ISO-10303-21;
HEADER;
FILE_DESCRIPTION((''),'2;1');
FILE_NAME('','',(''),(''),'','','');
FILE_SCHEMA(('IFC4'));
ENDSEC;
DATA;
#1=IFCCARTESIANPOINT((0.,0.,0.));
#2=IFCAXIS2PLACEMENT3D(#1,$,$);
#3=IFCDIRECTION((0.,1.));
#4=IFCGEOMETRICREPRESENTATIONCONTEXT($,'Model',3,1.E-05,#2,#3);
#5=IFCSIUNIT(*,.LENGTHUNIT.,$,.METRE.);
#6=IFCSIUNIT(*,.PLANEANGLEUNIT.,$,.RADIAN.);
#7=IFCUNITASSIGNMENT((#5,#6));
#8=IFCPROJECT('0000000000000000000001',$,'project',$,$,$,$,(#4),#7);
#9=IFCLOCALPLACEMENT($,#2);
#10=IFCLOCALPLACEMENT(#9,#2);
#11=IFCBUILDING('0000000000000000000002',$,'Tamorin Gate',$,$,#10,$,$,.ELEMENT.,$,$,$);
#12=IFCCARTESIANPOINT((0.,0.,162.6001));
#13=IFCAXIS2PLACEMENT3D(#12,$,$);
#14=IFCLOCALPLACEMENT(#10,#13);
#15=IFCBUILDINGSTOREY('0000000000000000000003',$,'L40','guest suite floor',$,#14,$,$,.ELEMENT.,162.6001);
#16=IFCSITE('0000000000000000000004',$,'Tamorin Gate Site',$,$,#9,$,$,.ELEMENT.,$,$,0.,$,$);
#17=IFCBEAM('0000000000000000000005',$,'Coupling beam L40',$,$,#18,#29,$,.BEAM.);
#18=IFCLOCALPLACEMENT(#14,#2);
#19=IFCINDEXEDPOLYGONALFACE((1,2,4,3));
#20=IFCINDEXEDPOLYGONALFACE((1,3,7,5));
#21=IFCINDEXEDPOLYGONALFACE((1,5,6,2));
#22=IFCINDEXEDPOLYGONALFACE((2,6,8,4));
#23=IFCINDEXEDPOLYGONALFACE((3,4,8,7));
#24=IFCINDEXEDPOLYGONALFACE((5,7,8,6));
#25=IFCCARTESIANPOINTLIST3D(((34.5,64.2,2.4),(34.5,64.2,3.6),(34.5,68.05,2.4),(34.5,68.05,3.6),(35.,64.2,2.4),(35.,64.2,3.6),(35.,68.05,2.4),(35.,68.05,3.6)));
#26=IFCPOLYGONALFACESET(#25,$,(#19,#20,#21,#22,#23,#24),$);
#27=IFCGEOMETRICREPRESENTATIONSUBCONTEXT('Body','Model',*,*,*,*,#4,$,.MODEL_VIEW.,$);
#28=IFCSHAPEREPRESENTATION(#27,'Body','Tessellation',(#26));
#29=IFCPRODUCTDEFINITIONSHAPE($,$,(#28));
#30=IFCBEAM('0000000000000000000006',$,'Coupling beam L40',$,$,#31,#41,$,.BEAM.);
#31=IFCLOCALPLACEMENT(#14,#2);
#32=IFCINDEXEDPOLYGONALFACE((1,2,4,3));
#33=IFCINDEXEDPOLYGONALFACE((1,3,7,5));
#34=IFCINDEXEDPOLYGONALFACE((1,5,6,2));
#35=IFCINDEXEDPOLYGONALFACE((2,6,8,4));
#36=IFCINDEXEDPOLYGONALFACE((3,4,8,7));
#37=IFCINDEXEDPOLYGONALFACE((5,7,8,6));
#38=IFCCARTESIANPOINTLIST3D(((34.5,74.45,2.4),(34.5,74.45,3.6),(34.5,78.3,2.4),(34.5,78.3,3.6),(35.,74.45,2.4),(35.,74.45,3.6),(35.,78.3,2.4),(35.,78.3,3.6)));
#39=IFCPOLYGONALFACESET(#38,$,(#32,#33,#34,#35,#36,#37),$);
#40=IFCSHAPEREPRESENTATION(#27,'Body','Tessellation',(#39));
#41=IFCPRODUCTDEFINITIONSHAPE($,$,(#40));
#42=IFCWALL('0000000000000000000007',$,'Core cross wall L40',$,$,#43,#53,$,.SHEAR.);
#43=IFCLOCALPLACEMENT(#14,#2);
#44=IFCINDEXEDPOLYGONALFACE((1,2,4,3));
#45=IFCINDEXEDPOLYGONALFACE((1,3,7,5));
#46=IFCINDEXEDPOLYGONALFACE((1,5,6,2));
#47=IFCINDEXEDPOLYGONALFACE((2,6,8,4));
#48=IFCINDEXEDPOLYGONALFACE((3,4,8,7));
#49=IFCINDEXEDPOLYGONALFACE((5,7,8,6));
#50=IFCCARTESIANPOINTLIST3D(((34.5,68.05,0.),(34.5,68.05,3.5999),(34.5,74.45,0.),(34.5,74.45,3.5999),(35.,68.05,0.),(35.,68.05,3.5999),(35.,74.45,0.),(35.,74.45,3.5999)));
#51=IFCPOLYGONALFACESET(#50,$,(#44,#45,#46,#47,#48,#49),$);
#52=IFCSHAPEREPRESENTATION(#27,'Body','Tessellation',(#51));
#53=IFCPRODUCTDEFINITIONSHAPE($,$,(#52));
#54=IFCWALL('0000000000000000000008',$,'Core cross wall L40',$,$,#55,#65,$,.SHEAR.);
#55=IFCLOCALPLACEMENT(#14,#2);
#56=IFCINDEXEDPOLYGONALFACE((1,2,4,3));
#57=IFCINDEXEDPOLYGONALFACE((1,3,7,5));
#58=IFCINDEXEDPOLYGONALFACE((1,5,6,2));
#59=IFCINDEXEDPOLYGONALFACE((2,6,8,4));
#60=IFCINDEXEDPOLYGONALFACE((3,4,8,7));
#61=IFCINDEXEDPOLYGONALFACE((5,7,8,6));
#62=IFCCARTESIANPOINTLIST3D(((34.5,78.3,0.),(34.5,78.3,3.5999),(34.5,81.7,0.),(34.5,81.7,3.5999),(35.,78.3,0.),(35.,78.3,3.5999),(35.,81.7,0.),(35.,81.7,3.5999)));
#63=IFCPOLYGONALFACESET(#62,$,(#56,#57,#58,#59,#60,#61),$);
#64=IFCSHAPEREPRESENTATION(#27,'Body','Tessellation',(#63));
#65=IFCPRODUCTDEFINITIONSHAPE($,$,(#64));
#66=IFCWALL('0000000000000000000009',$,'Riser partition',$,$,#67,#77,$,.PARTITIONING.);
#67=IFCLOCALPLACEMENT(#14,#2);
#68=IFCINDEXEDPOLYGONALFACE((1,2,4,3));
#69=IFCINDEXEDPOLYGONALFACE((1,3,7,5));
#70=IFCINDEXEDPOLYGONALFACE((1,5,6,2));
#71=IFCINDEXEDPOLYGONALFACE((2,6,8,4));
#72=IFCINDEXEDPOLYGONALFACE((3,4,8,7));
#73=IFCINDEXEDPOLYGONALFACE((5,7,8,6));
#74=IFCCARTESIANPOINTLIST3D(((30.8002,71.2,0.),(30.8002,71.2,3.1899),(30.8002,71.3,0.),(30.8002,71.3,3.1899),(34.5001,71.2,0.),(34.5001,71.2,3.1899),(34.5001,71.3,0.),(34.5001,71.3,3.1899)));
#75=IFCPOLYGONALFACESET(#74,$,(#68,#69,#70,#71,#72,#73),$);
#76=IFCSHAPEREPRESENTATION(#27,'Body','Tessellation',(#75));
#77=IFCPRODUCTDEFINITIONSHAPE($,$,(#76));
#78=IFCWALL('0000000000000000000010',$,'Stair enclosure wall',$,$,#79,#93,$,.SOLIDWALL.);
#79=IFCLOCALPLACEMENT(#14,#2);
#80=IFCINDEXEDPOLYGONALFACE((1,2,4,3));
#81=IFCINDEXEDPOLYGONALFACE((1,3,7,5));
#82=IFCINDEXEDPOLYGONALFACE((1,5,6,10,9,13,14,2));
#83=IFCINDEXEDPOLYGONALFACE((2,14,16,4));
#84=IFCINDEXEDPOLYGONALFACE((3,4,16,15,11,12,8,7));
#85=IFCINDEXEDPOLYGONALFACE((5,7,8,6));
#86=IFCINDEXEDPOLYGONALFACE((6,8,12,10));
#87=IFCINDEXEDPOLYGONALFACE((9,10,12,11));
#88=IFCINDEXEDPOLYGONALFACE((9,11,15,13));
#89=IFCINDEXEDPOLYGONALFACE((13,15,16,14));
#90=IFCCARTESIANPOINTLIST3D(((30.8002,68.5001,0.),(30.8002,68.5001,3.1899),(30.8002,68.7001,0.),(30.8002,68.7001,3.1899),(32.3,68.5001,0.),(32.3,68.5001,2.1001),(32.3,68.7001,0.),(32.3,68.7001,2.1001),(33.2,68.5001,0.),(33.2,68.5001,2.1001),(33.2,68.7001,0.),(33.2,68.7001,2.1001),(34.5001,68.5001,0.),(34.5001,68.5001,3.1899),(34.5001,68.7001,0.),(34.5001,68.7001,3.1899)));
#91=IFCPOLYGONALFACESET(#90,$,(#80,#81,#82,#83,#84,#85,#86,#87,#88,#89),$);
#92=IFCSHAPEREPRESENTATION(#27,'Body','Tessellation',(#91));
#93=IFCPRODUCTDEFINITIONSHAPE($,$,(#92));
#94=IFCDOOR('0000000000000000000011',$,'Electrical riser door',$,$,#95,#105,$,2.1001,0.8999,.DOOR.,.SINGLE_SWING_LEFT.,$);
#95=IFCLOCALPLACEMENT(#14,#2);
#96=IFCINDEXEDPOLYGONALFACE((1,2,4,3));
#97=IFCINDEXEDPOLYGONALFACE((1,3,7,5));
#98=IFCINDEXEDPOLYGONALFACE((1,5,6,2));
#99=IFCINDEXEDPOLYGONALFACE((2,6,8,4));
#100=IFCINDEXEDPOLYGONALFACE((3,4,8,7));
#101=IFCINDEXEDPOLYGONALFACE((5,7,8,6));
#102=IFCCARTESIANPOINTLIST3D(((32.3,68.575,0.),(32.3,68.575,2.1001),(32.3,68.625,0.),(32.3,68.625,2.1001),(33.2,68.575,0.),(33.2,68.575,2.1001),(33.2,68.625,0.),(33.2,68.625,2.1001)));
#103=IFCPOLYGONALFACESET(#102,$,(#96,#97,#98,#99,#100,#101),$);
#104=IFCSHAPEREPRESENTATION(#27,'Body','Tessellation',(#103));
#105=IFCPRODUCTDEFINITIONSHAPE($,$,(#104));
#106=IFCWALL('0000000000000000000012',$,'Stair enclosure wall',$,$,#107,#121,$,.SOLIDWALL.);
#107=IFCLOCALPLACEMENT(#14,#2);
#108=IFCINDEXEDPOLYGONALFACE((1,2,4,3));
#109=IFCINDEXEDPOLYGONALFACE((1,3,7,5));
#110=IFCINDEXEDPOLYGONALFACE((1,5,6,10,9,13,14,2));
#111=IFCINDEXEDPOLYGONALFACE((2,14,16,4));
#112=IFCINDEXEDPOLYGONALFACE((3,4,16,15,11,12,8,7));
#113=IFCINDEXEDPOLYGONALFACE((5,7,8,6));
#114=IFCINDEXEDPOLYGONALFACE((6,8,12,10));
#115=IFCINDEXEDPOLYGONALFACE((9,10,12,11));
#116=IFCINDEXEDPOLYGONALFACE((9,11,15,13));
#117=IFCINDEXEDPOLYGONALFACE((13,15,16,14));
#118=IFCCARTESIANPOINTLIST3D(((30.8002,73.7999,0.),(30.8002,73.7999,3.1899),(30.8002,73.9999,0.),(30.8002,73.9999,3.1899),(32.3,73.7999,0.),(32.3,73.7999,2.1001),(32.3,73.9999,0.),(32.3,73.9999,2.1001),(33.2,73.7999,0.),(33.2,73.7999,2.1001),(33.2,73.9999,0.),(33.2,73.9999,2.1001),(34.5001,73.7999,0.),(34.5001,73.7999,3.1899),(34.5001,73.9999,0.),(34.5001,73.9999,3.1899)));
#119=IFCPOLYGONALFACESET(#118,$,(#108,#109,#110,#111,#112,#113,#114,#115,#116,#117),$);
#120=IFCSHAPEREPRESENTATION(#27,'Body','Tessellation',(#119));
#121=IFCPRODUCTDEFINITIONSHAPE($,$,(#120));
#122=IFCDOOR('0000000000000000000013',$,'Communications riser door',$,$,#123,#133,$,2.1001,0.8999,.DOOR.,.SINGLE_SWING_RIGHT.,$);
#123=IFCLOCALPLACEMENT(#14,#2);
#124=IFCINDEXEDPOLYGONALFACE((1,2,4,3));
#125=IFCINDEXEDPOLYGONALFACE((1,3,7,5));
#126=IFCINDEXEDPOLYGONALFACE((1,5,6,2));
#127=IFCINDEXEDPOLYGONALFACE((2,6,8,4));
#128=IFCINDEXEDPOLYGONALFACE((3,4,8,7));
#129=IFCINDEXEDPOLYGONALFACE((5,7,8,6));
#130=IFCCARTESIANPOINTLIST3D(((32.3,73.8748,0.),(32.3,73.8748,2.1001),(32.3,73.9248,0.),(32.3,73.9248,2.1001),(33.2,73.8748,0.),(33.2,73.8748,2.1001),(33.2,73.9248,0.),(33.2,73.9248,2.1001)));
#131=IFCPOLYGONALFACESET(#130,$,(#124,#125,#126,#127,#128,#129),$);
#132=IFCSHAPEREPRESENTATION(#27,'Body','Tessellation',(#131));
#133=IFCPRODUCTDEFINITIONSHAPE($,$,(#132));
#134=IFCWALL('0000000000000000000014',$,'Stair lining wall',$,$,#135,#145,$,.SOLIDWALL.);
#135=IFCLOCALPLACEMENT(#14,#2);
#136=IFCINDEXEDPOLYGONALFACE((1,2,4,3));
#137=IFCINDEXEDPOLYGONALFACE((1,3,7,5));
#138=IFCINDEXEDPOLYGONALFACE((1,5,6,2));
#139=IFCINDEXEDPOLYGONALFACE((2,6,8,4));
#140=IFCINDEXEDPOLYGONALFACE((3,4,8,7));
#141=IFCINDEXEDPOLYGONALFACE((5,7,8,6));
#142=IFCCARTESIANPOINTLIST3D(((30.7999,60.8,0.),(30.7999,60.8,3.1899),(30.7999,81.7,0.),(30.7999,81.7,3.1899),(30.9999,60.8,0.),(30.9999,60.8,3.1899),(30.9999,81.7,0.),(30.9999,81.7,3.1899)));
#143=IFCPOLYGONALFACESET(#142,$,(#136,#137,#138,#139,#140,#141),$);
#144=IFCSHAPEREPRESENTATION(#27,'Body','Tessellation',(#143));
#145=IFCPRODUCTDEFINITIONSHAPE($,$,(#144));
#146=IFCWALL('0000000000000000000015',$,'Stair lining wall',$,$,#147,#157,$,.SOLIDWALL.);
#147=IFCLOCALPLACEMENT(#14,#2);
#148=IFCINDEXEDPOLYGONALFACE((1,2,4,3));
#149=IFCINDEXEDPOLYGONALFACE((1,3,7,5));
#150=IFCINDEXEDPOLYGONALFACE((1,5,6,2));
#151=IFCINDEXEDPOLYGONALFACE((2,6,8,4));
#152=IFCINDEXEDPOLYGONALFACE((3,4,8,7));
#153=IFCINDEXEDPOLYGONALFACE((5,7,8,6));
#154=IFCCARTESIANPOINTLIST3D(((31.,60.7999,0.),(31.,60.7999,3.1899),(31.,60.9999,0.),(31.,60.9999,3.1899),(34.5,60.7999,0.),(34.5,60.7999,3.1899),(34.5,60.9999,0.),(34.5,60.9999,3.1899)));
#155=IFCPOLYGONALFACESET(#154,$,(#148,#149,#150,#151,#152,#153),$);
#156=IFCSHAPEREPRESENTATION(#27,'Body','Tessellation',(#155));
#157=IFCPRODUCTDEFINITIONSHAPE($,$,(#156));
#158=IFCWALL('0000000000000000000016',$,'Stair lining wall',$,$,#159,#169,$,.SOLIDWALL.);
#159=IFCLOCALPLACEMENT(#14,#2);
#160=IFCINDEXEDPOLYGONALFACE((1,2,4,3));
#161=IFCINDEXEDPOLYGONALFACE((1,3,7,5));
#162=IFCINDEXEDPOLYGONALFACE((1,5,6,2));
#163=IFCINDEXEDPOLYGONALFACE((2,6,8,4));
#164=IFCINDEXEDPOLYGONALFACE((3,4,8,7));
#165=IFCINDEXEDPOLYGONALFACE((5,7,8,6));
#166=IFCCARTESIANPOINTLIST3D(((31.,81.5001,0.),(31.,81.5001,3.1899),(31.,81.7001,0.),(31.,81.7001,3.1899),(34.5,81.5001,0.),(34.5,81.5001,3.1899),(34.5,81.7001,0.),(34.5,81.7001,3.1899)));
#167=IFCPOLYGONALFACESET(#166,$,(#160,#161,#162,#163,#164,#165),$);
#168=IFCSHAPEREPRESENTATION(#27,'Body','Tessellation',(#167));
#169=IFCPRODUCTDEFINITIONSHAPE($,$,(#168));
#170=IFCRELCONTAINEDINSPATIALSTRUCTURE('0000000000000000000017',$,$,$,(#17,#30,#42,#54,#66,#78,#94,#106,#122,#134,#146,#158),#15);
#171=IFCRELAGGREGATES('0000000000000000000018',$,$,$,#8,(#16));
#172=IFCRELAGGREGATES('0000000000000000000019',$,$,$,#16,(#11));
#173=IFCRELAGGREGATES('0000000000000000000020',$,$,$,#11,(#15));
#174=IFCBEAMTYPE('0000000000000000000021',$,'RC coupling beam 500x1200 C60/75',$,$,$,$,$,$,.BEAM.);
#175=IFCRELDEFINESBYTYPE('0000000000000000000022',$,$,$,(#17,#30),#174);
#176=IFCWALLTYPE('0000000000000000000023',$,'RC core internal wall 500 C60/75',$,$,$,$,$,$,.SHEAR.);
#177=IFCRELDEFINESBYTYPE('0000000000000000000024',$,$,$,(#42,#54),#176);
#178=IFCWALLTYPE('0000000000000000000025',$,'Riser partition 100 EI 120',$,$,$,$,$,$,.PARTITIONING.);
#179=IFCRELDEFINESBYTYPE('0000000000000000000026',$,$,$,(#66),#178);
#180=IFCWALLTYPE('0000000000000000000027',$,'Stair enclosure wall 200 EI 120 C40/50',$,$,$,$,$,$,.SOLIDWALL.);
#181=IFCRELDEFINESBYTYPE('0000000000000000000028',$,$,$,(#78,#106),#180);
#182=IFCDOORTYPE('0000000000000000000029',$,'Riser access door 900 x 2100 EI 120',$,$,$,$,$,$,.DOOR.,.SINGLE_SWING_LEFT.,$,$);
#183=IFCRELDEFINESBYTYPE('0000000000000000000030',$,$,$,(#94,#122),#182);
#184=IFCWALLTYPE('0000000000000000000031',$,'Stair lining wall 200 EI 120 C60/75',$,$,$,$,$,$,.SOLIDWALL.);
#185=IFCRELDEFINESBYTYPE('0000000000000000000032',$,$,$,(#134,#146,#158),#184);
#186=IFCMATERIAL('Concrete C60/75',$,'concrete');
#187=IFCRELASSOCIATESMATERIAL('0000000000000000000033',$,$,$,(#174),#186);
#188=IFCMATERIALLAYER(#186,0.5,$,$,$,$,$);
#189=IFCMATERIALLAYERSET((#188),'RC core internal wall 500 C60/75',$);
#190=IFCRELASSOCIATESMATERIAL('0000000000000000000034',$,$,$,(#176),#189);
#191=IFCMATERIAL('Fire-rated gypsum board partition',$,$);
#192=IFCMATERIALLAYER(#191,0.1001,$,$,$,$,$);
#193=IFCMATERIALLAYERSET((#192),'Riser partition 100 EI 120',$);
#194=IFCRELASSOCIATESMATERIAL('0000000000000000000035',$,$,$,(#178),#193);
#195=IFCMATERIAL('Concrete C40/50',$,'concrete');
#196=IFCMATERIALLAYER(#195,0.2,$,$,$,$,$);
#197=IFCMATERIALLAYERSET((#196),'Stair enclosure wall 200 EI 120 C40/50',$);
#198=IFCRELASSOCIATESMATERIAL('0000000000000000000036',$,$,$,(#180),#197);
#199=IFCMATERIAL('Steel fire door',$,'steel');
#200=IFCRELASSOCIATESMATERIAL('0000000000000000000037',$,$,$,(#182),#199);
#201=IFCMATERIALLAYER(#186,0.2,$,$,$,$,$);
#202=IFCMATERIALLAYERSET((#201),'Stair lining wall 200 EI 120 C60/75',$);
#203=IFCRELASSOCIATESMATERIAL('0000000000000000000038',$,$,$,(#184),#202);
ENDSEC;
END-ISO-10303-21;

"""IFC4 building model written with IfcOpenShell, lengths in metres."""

from ifc_helpers import new_model, si_unit, direction, frame, frame_2d, origin, origin_2d, place, context, subcontext, project, spatial, rectangle, extrude, material, layer, layer_set, material_profile, profile_set, type_object, element, fill, save


model = new_model("IFC4")

# Units and contexts
model_context = context("Model", 3, precision=1e-05, world=origin(), true_north=direction((0.0, 1.0)))
body_context = subcontext(model_context, "Body", "Model", "MODEL_VIEW")
ifc_project = project(units=[si_unit("LENGTHUNIT", "METRE"), si_unit("PLANEANGLEUNIT", "RADIAN")], contexts=[model_context])

# Site, building, storey
site_placement = place(None, origin())
site = spatial("IfcSite", under=ifc_project, at=site_placement, Name="Tamorin Gate Site", CompositionType="ELEMENT", RefElevation=0.0)
building_placement = place(site_placement, origin())
building = spatial("IfcBuilding", under=site, at=building_placement, Name="Tamorin Gate", CompositionType="ELEMENT")
storey_placement = place(building_placement, frame((0.0, 0.0, 162.6001)))
storey = spatial("IfcBuildingStorey", under=building, at=storey_placement, Name="L40", Description="guest suite floor", CompositionType="ELEMENT", Elevation=162.6001)

# Beams
ifc_material_1 = material(Name="Concrete C60/75", Category="concrete")
ifc_material_profile = material_profile(ifc_material_1, rectangle(XDim=0.5, YDim=1.2, at=origin_2d()), Name="RC 500x1200")
ifc_profile_set = profile_set([ifc_material_profile], Name="Concrete C60/75")
beam_type = type_object("IfcBeamType", Name="RC coupling beam 500x1200 C60/75", PredefinedType="BEAM", material=ifc_profile_set)
for number, where, z_axis, x_axis, name in (
    (1, (34.75, 64.2, 3.0), (0.0, 1.0, 0.0), (-1.0, 0.0, 0.0), "Coupling beam L40"),
    (2, (34.75, 74.45, 3.0), (0.0, 1.0, 0.0), (-1.0, 0.0, 0.0), "Coupling beam L40"),
):
    element("IfcBeam", number, at=place(storey_placement, frame(where, z_axis=z_axis, x_axis=x_axis)), inside=storey, type_object=beam_type, Name=name, PredefinedType="BEAM", context=body_context, shape_type="SweptSolid", body=[
        extrude(rectangle(XDim=0.5, YDim=1.2, at=origin_2d()), origin(), (0.0, 0.0, 1.0), 3.8501),
    ])

# Walls
ifc_layer_1 = layer(ifc_material_1, 0.5)
ifc_layer_set_1 = layer_set([ifc_layer_1], Name="RC core internal wall 500 C60/75")
wall_type_1 = type_object("IfcWallType", Name="RC core internal wall 500 C60/75", PredefinedType="SHEAR", material=ifc_layer_set_1)
wall_1_placement = place(storey_placement, frame((34.75, 68.05, 0.0), z_axis=(0.0, 0.0, 1.0), x_axis=(0.0, 1.0, 0.0)))
element("IfcWall", 3, at=wall_1_placement, inside=storey, type_object=wall_type_1, Name="Core cross wall L40", PredefinedType="SHEAR", context=body_context, shape_type="SweptSolid", body=[
    extrude(rectangle(XDim=6.3999, YDim=0.5, at=frame_2d((3.2, 0.0))), origin(), (0.0, 0.0, 1.0), 3.5999),
])
wall_2_placement = place(storey_placement, frame((34.75, 78.3, 0.0), z_axis=(0.0, 0.0, 1.0), x_axis=(0.0, 1.0, 0.0)))
element("IfcWall", 4, at=wall_2_placement, inside=storey, type_object=wall_type_1, Name="Core cross wall L40", PredefinedType="SHEAR", context=body_context, shape_type="SweptSolid", body=[
    extrude(rectangle(XDim=3.3999, YDim=0.5, at=frame_2d((1.7, 0.0))), origin(), (0.0, 0.0, 1.0), 3.5999),
])
ifc_material_2 = material(Name="Fire-rated gypsum board partition")
ifc_layer_2 = layer(ifc_material_2, 0.1001)
ifc_layer_set_2 = layer_set([ifc_layer_2], Name="Riser partition 100 EI 120")
wall_type_2 = type_object("IfcWallType", Name="Riser partition 100 EI 120", PredefinedType="PARTITIONING", material=ifc_layer_set_2)
wall_3_placement = place(storey_placement, frame((30.8, 71.25, 0.0), z_axis=(0.0, 0.0, 1.0), x_axis=(1.0, 0.0, 0.0)))
element("IfcWall", 5, at=wall_3_placement, inside=storey, type_object=wall_type_2, Name="Riser partition", PredefinedType="PARTITIONING", context=body_context, shape_type="SweptSolid", body=[
    extrude(rectangle(XDim=3.7, YDim=0.1001, at=frame_2d((1.8501, 0.0))), origin(), (0.0, 0.0, 1.0), 3.1899),
])

# Walls, openings, doors
ifc_material_3 = material(Name="Concrete C40/50", Category="concrete")
ifc_layer_3 = layer(ifc_material_3, 0.2)
ifc_layer_set_3 = layer_set([ifc_layer_3], Name="Stair enclosure wall 200 EI 120 C40/50")
wall_type_3 = type_object("IfcWallType", Name="Stair enclosure wall 200 EI 120 C40/50", PredefinedType="SOLIDWALL", material=ifc_layer_set_3)
wall_4_placement = place(storey_placement, frame((30.8, 68.6001, 0.0), z_axis=(0.0, 0.0, 1.0), x_axis=(1.0, 0.0, 0.0)))
wall_4 = element("IfcWall", 6, at=wall_4_placement, inside=storey, type_object=wall_type_3, Name="Stair enclosure wall", PredefinedType="SOLIDWALL", context=body_context, shape_type="SweptSolid", body=[
    extrude(rectangle(XDim=3.7, YDim=0.2, at=frame_2d((1.8501, 0.0))), origin(), (0.0, 0.0, 1.0), 3.1899),
])
opening_1_placement = place(wall_4_placement, frame((1.5, 0.0, 0.0)))
opening_1 = element("IfcOpeningElement", 7, at=opening_1_placement, cuts=wall_4, PredefinedType="OPENING", context=body_context, shape_type="SweptSolid", body=[
    extrude(rectangle(XDim=0.8999, YDim=2.1001, at=frame_2d((0.45, 1.05))), frame((0.0, 0.1099, 0.0), z_axis=(0.0, -1.0, 0.0), x_axis=(1.0, 0.0, 0.0)), (0.0, 0.0, 1.0), 0.22),
])
ifc_material_4 = material(Name="Steel fire door", Category="steel")
door_type_1 = type_object("IfcDoorType", Name="Riser access door 900 x 2100 EI 120", OperationType="SINGLE_SWING_LEFT", PredefinedType="DOOR", material=ifc_material_4)
door_1_placement = place(opening_1_placement, origin())
door_1 = element("IfcDoor", 8, at=door_1_placement, inside=storey, type_object=door_type_1, Name="Electrical riser door", OperationType="SINGLE_SWING_LEFT", OverallHeight=2.1001, OverallWidth=0.8999, PredefinedType="DOOR", context=body_context, shape_type="SweptSolid", body=[
    extrude(rectangle(XDim=0.8999, YDim=2.1001, at=frame_2d((0.45, 1.05))), frame((0.0, 0.0249, 0.0), z_axis=(0.0, -1.0, 0.0), x_axis=(1.0, 0.0, 0.0)), (0.0, 0.0, 1.0), 0.05),
])
fill(opening_1, door_1)
wall_5_placement = place(storey_placement, frame((30.8, 73.8999, 0.0), z_axis=(0.0, 0.0, 1.0), x_axis=(1.0, 0.0, 0.0)))
wall_5 = element("IfcWall", 9, at=wall_5_placement, inside=storey, type_object=wall_type_3, Name="Stair enclosure wall", PredefinedType="SOLIDWALL", context=body_context, shape_type="SweptSolid", body=[
    extrude(rectangle(XDim=3.7, YDim=0.2, at=frame_2d((1.8501, 0.0))), origin(), (0.0, 0.0, 1.0), 3.1899),
])
opening_2_placement = place(wall_5_placement, frame((1.5, 0.0, 0.0)))
opening_2 = element("IfcOpeningElement", 10, at=opening_2_placement, cuts=wall_5, PredefinedType="OPENING", context=body_context, shape_type="SweptSolid", body=[
    extrude(rectangle(XDim=0.8999, YDim=2.1001, at=frame_2d((0.45, 1.05))), frame((0.0, 0.1099, 0.0), z_axis=(0.0, -1.0, 0.0), x_axis=(1.0, 0.0, 0.0)), (0.0, 0.0, 1.0), 0.22),
])
door_2_placement = place(opening_2_placement, origin())
door_2 = element("IfcDoor", 11, at=door_2_placement, inside=storey, type_object=door_type_1, Name="Communications riser door", OperationType="SINGLE_SWING_RIGHT", OverallHeight=2.1001, OverallWidth=0.8999, PredefinedType="DOOR", context=body_context, shape_type="SweptSolid", body=[
    extrude(rectangle(XDim=0.8999, YDim=2.1001, at=frame_2d((0.45, 1.05))), frame((0.0, 0.0249, 0.0), z_axis=(0.0, -1.0, 0.0), x_axis=(1.0, 0.0, 0.0)), (0.0, 0.0, 1.0), 0.05),
])
fill(opening_2, door_2)

# Walls
ifc_layer_4 = layer(ifc_material_1, 0.2)
ifc_layer_set_4 = layer_set([ifc_layer_4], Name="Stair lining wall 200 EI 120 C60/75")
wall_type_4 = type_object("IfcWallType", Name="Stair lining wall 200 EI 120 C60/75", PredefinedType="SOLIDWALL", material=ifc_layer_set_4)
wall_6_placement = place(storey_placement, frame((30.8999, 60.8, 0.0), z_axis=(0.0, 0.0, 1.0), x_axis=(0.0, 1.0, 0.0)))
element("IfcWall", 12, at=wall_6_placement, inside=storey, type_object=wall_type_4, Name="Stair lining wall", PredefinedType="SOLIDWALL", context=body_context, shape_type="SweptSolid", body=[
    extrude(rectangle(XDim=20.8999, YDim=0.2, at=frame_2d((10.45, 0.0))), origin(), (0.0, 0.0, 1.0), 3.1899),
])
for number, where, z_axis, x_axis, name in (
    (13, (31.0, 60.8999, 0.0), (0.0, 0.0, 1.0), (1.0, 0.0, 0.0), "Stair lining wall"),
    (14, (31.0, 81.6001, 0.0), (0.0, 0.0, 1.0), (1.0, 0.0, 0.0), "Stair lining wall"),
):
    element("IfcWall", number, at=place(storey_placement, frame(where, z_axis=z_axis, x_axis=x_axis)), inside=storey, type_object=wall_type_4, Name=name, PredefinedType="SOLIDWALL", context=body_context, shape_type="SweptSolid", body=[
        extrude(rectangle(XDim=3.5, YDim=0.2, at=frame_2d((1.75, 0.0))), origin(), (0.0, 0.0, 1.0), 3.1899),
    ])

save(model, "model.ifc")
